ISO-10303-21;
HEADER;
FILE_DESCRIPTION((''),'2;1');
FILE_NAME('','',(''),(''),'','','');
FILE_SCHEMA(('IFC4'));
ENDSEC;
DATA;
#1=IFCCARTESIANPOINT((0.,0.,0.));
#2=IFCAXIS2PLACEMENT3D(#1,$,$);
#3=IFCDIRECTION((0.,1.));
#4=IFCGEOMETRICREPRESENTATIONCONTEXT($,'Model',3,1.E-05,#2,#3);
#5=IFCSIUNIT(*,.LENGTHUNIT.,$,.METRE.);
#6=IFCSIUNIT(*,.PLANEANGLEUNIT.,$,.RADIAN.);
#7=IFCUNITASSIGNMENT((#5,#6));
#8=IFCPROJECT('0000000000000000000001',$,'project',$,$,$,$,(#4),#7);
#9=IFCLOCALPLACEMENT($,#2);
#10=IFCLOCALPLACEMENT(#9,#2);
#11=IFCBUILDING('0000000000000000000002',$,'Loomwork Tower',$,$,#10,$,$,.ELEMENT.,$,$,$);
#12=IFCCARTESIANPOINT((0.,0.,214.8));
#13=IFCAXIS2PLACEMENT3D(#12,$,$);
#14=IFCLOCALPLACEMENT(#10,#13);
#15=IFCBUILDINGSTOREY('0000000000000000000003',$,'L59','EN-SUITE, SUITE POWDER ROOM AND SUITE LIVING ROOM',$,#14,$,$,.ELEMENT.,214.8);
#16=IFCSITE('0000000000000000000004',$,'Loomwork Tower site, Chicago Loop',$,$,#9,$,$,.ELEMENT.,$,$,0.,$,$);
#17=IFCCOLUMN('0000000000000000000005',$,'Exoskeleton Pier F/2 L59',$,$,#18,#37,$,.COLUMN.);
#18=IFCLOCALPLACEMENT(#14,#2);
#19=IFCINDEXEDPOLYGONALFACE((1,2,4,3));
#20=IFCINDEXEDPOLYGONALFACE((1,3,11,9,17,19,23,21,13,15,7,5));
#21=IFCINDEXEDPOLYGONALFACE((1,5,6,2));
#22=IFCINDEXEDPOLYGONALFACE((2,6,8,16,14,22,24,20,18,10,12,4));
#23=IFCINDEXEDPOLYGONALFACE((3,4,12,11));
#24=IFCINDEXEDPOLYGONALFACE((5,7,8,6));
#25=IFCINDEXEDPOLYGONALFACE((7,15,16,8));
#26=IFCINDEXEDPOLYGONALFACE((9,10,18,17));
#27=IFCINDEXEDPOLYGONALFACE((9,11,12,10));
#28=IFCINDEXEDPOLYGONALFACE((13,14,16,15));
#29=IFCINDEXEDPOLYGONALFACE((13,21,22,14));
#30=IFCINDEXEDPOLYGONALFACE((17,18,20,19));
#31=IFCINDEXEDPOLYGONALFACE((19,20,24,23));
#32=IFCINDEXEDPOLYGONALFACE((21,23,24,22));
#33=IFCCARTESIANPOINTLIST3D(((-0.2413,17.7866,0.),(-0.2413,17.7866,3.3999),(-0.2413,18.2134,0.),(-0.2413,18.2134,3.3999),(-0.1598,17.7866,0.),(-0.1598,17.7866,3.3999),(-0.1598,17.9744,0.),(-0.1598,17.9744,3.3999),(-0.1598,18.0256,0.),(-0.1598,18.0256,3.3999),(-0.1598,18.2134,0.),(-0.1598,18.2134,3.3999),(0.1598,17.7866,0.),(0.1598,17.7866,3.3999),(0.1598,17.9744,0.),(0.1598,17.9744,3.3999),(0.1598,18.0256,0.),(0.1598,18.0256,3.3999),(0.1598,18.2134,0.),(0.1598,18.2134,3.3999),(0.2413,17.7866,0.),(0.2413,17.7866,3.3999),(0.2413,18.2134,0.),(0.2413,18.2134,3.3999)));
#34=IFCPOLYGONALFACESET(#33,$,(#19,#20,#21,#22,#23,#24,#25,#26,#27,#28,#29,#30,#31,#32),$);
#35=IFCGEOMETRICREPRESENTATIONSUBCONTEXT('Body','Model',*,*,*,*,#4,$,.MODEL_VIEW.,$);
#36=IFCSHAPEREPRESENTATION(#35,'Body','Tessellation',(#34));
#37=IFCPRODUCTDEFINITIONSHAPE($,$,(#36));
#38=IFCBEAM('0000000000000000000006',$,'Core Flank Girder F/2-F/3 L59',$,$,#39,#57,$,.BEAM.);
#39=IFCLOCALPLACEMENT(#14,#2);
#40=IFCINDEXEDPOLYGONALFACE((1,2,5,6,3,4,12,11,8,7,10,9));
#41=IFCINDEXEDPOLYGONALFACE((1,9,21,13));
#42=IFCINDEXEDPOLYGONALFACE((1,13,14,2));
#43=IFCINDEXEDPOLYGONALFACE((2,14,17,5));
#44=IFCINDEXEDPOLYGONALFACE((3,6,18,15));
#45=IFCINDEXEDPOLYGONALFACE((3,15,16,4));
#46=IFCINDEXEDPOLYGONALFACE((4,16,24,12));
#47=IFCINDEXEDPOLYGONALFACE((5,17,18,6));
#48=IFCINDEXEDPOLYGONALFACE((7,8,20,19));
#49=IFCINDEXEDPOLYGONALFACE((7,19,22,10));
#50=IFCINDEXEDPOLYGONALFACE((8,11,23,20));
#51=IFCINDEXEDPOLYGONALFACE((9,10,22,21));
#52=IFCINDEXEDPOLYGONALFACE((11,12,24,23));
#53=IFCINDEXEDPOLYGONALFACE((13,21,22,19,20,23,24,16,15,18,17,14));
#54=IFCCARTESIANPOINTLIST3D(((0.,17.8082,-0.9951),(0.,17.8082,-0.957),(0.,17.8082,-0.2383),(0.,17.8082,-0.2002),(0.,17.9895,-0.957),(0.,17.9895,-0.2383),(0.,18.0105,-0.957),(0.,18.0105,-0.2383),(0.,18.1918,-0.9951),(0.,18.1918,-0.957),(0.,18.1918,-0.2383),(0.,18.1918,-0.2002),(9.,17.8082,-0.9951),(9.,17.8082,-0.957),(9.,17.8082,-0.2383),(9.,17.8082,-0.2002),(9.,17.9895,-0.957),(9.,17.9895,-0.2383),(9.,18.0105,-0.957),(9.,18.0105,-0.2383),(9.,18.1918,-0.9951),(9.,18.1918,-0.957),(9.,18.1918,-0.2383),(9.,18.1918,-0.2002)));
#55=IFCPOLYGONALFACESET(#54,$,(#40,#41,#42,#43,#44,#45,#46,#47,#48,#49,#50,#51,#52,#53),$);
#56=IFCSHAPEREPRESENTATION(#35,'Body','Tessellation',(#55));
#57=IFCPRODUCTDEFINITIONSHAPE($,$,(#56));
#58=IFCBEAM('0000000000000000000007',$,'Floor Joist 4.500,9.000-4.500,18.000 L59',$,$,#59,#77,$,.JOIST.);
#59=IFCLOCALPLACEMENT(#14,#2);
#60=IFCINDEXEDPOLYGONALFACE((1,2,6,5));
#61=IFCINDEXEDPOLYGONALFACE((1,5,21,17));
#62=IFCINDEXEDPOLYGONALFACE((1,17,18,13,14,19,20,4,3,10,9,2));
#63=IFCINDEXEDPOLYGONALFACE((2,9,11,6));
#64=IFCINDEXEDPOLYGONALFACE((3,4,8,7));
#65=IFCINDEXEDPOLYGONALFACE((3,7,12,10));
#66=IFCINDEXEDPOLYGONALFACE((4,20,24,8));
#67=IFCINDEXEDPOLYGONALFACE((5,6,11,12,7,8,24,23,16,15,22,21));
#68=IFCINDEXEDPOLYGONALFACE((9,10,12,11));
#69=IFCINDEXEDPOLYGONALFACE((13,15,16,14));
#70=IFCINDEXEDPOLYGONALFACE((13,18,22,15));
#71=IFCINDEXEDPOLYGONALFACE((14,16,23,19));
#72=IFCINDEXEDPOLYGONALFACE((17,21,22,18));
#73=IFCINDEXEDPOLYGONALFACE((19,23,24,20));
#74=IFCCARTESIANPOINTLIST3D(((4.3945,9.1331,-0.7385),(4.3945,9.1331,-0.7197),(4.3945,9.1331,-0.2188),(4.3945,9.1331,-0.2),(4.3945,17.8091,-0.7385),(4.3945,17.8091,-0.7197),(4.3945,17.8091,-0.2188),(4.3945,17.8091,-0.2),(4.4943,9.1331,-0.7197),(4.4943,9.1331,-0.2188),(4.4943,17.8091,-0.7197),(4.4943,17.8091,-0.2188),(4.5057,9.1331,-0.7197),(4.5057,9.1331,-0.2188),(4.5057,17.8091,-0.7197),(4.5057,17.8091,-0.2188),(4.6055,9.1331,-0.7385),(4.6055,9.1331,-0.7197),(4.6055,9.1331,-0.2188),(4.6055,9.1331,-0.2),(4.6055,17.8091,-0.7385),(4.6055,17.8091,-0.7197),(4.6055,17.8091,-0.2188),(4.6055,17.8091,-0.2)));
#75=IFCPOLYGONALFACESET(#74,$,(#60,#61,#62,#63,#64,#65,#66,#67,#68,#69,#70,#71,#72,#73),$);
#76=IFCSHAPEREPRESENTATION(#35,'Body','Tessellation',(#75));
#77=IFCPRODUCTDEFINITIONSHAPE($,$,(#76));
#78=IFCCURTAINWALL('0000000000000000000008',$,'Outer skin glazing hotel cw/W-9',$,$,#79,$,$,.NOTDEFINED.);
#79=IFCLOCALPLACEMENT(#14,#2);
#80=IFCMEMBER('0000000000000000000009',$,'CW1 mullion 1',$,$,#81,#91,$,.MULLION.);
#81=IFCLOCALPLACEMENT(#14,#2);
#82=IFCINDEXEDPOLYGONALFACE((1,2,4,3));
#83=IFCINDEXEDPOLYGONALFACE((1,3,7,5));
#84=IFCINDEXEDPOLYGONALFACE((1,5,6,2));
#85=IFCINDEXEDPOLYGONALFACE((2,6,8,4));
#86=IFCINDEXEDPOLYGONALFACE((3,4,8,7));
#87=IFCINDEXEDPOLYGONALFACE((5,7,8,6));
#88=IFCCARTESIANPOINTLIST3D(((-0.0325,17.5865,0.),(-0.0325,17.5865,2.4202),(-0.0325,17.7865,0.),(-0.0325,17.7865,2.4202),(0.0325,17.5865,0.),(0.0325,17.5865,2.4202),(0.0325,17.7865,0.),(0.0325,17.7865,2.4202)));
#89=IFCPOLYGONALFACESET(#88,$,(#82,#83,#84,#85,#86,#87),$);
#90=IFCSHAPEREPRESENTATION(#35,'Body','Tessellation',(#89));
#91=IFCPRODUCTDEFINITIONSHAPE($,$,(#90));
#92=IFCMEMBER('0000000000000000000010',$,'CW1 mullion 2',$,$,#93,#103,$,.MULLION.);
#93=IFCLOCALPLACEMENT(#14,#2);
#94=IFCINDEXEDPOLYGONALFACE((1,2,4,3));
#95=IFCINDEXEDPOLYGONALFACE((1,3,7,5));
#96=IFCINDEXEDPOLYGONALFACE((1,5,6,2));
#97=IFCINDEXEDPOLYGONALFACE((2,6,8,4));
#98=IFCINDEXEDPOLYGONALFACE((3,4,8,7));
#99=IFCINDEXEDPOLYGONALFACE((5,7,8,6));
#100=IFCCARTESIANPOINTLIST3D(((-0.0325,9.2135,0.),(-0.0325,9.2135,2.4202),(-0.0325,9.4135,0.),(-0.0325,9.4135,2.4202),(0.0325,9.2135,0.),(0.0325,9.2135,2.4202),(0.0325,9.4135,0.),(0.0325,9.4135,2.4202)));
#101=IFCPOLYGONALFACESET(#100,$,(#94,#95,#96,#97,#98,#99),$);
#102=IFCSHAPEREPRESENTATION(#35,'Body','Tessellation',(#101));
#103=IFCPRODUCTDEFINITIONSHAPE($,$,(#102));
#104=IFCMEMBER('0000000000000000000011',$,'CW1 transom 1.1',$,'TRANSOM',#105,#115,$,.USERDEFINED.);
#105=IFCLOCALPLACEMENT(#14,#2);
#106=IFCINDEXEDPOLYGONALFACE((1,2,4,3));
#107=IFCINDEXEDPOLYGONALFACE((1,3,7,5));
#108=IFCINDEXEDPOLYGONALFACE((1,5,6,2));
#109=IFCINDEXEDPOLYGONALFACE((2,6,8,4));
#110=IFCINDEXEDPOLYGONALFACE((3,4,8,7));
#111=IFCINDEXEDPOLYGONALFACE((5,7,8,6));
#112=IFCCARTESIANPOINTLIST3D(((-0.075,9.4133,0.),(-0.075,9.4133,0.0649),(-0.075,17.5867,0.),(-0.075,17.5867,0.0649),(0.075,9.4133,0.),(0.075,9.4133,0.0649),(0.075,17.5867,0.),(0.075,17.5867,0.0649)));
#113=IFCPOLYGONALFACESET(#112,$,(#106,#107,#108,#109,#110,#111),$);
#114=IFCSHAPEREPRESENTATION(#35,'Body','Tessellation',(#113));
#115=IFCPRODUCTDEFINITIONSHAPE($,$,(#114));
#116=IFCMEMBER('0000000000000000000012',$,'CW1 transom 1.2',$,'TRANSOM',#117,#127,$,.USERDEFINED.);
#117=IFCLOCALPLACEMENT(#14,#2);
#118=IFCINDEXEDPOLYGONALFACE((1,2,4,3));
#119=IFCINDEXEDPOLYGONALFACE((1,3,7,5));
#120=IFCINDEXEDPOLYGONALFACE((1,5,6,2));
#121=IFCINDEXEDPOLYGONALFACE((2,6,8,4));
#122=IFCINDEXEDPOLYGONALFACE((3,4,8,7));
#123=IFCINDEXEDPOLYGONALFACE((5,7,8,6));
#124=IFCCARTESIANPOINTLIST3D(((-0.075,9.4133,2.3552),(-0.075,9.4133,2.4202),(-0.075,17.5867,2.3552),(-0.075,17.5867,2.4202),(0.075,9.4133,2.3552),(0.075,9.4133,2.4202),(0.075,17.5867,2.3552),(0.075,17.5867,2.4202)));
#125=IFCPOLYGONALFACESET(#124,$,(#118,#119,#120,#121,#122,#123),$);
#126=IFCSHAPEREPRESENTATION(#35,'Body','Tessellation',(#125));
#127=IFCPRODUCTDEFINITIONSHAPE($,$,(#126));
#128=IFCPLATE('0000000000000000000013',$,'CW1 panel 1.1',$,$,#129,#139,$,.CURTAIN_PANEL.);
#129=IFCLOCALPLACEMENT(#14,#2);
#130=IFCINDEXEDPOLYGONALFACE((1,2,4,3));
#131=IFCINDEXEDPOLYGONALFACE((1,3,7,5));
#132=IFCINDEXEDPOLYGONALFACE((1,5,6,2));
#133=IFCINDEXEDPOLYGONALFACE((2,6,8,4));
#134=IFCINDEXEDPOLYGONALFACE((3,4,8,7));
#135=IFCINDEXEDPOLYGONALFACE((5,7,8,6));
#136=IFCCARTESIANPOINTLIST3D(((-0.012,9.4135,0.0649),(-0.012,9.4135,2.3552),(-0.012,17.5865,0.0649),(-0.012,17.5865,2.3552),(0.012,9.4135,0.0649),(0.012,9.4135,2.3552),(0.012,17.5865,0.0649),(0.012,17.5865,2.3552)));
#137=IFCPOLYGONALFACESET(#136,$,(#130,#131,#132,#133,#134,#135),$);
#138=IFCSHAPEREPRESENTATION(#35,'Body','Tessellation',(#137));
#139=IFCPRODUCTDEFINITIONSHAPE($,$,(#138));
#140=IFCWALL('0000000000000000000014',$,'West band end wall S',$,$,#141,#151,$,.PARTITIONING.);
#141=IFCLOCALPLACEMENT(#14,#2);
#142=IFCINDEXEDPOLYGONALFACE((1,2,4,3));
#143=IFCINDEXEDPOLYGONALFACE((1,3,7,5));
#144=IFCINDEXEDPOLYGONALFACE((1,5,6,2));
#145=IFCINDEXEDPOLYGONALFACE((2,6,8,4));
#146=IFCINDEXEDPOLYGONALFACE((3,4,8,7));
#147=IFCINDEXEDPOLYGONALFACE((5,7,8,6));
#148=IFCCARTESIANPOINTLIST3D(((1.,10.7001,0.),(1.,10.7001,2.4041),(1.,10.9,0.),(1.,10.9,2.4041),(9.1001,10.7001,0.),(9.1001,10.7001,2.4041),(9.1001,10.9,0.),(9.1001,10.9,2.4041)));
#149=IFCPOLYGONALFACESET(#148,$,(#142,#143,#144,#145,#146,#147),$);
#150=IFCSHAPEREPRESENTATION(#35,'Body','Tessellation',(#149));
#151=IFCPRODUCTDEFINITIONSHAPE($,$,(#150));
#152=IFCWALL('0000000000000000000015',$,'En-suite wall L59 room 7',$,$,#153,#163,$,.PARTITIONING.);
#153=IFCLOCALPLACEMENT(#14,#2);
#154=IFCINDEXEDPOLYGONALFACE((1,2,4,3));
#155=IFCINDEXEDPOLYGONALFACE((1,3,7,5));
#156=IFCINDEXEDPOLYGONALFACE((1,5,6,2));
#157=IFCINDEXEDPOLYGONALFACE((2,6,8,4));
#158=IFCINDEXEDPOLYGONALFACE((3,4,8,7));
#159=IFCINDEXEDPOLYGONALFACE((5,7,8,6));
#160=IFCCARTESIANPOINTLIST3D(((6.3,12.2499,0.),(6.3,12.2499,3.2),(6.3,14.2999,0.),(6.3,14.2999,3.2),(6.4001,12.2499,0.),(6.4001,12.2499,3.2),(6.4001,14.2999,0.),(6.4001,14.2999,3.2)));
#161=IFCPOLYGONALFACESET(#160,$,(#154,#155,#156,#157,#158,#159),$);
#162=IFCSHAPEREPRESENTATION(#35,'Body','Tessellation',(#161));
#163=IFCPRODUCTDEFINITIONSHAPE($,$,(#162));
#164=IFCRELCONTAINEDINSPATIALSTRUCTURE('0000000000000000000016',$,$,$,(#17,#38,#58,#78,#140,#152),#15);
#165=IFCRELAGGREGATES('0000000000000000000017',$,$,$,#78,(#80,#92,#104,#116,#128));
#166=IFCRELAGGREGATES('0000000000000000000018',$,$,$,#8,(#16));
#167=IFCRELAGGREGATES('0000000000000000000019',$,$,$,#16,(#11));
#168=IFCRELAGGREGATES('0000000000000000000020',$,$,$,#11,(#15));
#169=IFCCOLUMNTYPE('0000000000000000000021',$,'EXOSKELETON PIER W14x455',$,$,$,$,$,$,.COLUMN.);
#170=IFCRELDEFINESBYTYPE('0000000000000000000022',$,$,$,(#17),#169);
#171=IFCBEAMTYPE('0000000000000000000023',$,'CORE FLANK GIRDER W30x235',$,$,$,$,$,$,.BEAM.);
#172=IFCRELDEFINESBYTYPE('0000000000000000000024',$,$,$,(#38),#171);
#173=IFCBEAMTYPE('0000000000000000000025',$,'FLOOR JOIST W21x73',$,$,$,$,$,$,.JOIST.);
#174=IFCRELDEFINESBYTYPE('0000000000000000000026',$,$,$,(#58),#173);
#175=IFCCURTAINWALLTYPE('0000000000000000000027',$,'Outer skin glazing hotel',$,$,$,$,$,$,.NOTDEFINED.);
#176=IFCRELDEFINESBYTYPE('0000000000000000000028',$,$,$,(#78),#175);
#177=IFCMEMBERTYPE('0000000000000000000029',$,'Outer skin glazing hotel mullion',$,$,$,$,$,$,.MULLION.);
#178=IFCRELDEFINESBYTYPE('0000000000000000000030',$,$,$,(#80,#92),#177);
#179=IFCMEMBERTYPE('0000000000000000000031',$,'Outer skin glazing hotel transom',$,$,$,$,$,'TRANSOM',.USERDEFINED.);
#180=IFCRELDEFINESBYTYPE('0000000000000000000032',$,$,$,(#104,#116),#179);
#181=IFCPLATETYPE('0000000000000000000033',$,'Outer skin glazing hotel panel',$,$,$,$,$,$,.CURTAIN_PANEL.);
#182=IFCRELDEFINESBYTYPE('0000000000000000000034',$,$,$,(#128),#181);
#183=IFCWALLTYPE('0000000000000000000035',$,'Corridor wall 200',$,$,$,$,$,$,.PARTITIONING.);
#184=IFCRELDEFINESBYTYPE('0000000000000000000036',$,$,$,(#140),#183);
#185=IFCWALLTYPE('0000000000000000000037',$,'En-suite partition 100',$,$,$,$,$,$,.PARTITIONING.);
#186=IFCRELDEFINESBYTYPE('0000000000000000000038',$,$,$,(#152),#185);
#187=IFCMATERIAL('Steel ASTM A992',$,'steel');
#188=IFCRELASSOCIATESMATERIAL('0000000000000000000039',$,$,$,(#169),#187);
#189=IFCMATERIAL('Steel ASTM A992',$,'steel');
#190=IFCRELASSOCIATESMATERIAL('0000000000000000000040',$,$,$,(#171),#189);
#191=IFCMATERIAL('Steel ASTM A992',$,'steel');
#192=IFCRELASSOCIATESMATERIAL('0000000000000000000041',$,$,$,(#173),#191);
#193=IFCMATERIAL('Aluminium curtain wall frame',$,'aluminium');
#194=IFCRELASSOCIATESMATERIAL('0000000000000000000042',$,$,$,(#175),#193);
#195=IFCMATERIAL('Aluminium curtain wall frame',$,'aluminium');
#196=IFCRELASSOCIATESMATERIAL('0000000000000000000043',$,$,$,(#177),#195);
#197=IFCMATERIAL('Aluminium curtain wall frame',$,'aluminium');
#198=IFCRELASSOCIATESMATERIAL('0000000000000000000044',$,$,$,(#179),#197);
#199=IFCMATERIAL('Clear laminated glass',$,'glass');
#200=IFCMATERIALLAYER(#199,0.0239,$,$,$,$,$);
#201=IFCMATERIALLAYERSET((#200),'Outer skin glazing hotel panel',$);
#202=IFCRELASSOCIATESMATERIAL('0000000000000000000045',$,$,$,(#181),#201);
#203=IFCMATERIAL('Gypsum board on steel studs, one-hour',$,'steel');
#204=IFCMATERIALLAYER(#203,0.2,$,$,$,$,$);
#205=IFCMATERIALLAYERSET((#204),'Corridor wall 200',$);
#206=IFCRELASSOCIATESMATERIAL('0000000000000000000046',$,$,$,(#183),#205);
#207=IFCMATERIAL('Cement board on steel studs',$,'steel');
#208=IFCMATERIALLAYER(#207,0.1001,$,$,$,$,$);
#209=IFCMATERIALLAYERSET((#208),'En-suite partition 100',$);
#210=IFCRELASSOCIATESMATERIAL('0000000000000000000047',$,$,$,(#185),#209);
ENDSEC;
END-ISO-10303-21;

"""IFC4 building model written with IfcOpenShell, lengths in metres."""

from ifc_helpers import new_model, si_unit, direction, frame, frame_2d, origin, origin_2d, place, context, subcontext, project, spatial, rectangle, i_section, extrude, material, layer, layer_set, material_profile, profile_set, type_object, element, aggregate, save


model = new_model("IFC4")

# Units and contexts
model_context = context("Model", 3, precision=1e-05, world=origin(), true_north=direction((0.0, 1.0)))
body_context = subcontext(model_context, "Body", "Model", "MODEL_VIEW")
ifc_project = project(units=[si_unit("LENGTHUNIT", "METRE"), si_unit("PLANEANGLEUNIT", "RADIAN")], contexts=[model_context])

# Site, building, storey
site_placement = place(None, origin())
site = spatial("IfcSite", under=ifc_project, at=site_placement, Name="Loomwork Tower site, Chicago Loop", CompositionType="ELEMENT", RefElevation=0.0)
building_placement = place(site_placement, origin())
building = spatial("IfcBuilding", under=site, at=building_placement, Name="Loomwork Tower", CompositionType="ELEMENT")
storey_placement = place(building_placement, frame((0.0, 0.0, 214.8)))
storey = spatial("IfcBuildingStorey", under=building, at=storey_placement, Name="L59", Description="EN-SUITE, SUITE POWDER ROOM AND SUITE LIVING ROOM", CompositionType="ELEMENT", Elevation=214.8)

# Column
ifc_material_1 = material(Name="Steel ASTM A992", Category="steel")
ifc_material_profile_1 = material_profile(ifc_material_1, i_section(OverallWidth=0.4268, OverallDepth=0.4827, WebThickness=0.0513, FlangeThickness=0.0815, at=origin_2d()), Name="W14x455")
ifc_profile_set_1 = profile_set([ifc_material_profile_1], Name="Steel ASTM A992")
column_type = type_object("IfcColumnType", Name="EXOSKELETON PIER W14x455", PredefinedType="COLUMN", material=ifc_profile_set_1)
column_placement = place(storey_placement, frame((0.0, 18.0, 0.0), z_axis=(0.0, 0.0, 1.0), x_axis=(0.0, 1.0, 0.0)))
element("IfcColumn", 1, at=column_placement, inside=storey, type_object=column_type, Name="Exoskeleton Pier F/2 L59", PredefinedType="COLUMN", context=body_context, shape_type="SweptSolid", body=[
    extrude(i_section(OverallWidth=0.4268, OverallDepth=0.4827, WebThickness=0.0513, FlangeThickness=0.0815, at=origin_2d()), origin(), (0.0, 0.0, 1.0), 3.3999),
])

# Beams
ifc_material_2 = material(Name="Steel ASTM A992", Category="steel")
ifc_material_profile_2 = material_profile(ifc_material_2, i_section(OverallWidth=0.3835, OverallDepth=0.7949, WebThickness=0.021, FlangeThickness=0.0381, at=origin_2d()), Name="W30x235")
ifc_profile_set_2 = profile_set([ifc_material_profile_2], Name="Steel ASTM A992")
beam_type_1 = type_object("IfcBeamType", Name="CORE FLANK GIRDER W30x235", PredefinedType="BEAM", material=ifc_profile_set_2)
beam_1_placement = place(storey_placement, frame((0.0, 18.0, -0.5977), z_axis=(1.0, 0.0, 0.0), x_axis=(0.0, 1.0, 0.0)))
element("IfcBeam", 2, at=beam_1_placement, inside=storey, type_object=beam_type_1, Name="Core Flank Girder F/2-F/3 L59", PredefinedType="BEAM", context=body_context, shape_type="SweptSolid", body=[
    extrude(i_section(OverallWidth=0.3835, OverallDepth=0.7949, WebThickness=0.021, FlangeThickness=0.0381, at=origin_2d()), origin(), (0.0, 0.0, 1.0), 9.0),
])
ifc_material_3 = material(Name="Steel ASTM A992", Category="steel")
ifc_material_profile_3 = material_profile(ifc_material_3, i_section(OverallWidth=0.2109, OverallDepth=0.5386, WebThickness=0.0115, FlangeThickness=0.0188, at=origin_2d()), Name="W21x73")
ifc_profile_set_3 = profile_set([ifc_material_profile_3], Name="Steel ASTM A992")
beam_type_2 = type_object("IfcBeamType", Name="FLOOR JOIST W21x73", PredefinedType="JOIST", material=ifc_profile_set_3)
beam_2_placement = place(storey_placement, frame((4.5, 9.1331, -0.4692), z_axis=(0.0, 1.0, 0.0), x_axis=(-1.0, 0.0, 0.0)))
element("IfcBeam", 3, at=beam_2_placement, inside=storey, type_object=beam_type_2, Name="Floor Joist 4.500,9.000-4.500,18.000 L59", PredefinedType="JOIST", context=body_context, shape_type="SweptSolid", body=[
    extrude(i_section(OverallWidth=0.2109, OverallDepth=0.5386, WebThickness=0.0115, FlangeThickness=0.0188, at=origin_2d()), origin(), (0.0, 0.0, 1.0), 8.676),
])

# Curtain wall, members, plate
ifc_material_4 = material(Name="Aluminium curtain wall frame", Category="aluminium")
curtain_wall_type = type_object("IfcCurtainWallType", Name="Outer skin glazing hotel", PredefinedType="NOTDEFINED", material=ifc_material_4)
curtain_wall_placement = place(storey_placement, origin())
curtain_wall = element("IfcCurtainWall", 4, at=curtain_wall_placement, inside=storey, type_object=curtain_wall_type, Name="Outer skin glazing hotel cw/W-9", PredefinedType="NOTDEFINED")
ifc_material_5 = material(Name="Aluminium curtain wall frame", Category="aluminium")
ifc_material_profile_4 = material_profile(ifc_material_5, rectangle(XDim=0.0649, YDim=0.2, at=origin_2d()), Name="AL 65x200")
ifc_profile_set_4 = profile_set([ifc_material_profile_4], Name="Aluminium curtain wall frame")
member_type_1 = type_object("IfcMemberType", Name="Outer skin glazing hotel mullion", PredefinedType="MULLION", material=ifc_profile_set_4)
member_1_placement = place(storey_placement, frame((0.0, 17.6865, 0.0), z_axis=(0.0, 0.0, 1.0), x_axis=(1.0, 0.0, 0.0)))
member_1 = element("IfcMember", 5, at=member_1_placement, type_object=member_type_1, Name="CW1 mullion 1", PredefinedType="MULLION", context=body_context, shape_type="SweptSolid", body=[
    extrude(rectangle(XDim=0.0649, YDim=0.2, at=origin_2d()), origin(), (0.0, 0.0, 1.0), 2.4202),
])
member_2_placement = place(storey_placement, frame((0.0, 9.3135, 0.0), z_axis=(0.0, 0.0, 1.0), x_axis=(1.0, 0.0, 0.0)))
member_2 = element("IfcMember", 6, at=member_2_placement, type_object=member_type_1, Name="CW1 mullion 2", PredefinedType="MULLION", context=body_context, shape_type="SweptSolid", body=[
    extrude(rectangle(XDim=0.0649, YDim=0.2, at=origin_2d()), origin(), (0.0, 0.0, 1.0), 2.4202),
])
ifc_material_6 = material(Name="Aluminium curtain wall frame", Category="aluminium")
ifc_material_profile_5 = material_profile(ifc_material_6, rectangle(XDim=0.1499, YDim=0.0649, at=origin_2d()), Name="AL 65x150")
ifc_profile_set_5 = profile_set([ifc_material_profile_5], Name="Aluminium curtain wall frame")
member_type_2 = type_object("IfcMemberType", Name="Outer skin glazing hotel transom", ElementType="TRANSOM", PredefinedType="USERDEFINED", material=ifc_profile_set_5)
member_3_placement = place(storey_placement, frame((0.0, 17.5867, 0.0325), z_axis=(0.0, -1.0, 0.0), x_axis=(1.0, 0.0, 0.0)))
member_3 = element("IfcMember", 7, at=member_3_placement, type_object=member_type_2, Name="CW1 transom 1.1", ObjectType="TRANSOM", PredefinedType="USERDEFINED", context=body_context, shape_type="SweptSolid", body=[
    extrude(rectangle(XDim=0.1499, YDim=0.0649, at=origin_2d()), origin(), (0.0, 0.0, 1.0), 8.1733),
])
member_4_placement = place(storey_placement, frame((0.0, 17.5867, 2.3877), z_axis=(0.0, -1.0, 0.0), x_axis=(1.0, 0.0, 0.0)))
member_4 = element("IfcMember", 8, at=member_4_placement, type_object=member_type_2, Name="CW1 transom 1.2", ObjectType="TRANSOM", PredefinedType="USERDEFINED", context=body_context, shape_type="SweptSolid", body=[
    extrude(rectangle(XDim=0.1499, YDim=0.0649, at=origin_2d()), origin(), (0.0, 0.0, 1.0), 8.1733),
])
ifc_material_7 = material(Name="Clear laminated glass", Category="glass")
ifc_layer_1 = layer(ifc_material_7, 0.0239)
ifc_layer_set_1 = layer_set([ifc_layer_1], Name="Outer skin glazing hotel panel")
plate_type = type_object("IfcPlateType", Name="Outer skin glazing hotel panel", PredefinedType="CURTAIN_PANEL", material=ifc_layer_set_1)
plate_placement = place(storey_placement, frame((0.0, 13.5, 0.0649), z_axis=(0.0, 0.0, 1.0), x_axis=(0.0, -1.0, 0.0)))
plate = element("IfcPlate", 9, at=plate_placement, type_object=plate_type, Name="CW1 panel 1.1", PredefinedType="CURTAIN_PANEL", context=body_context, shape_type="SweptSolid", body=[
    extrude(rectangle(XDim=8.1731, YDim=0.0239, at=origin_2d()), origin(), (0.0, 0.0, 1.0), 2.2903),
])
aggregate(curtain_wall, [member_1, member_2, member_3, member_4, plate])

# Walls
ifc_material_8 = material(Name="Gypsum board on steel studs, one-hour", Category="steel")
ifc_layer_2 = layer(ifc_material_8, 0.2)
ifc_layer_set_2 = layer_set([ifc_layer_2], Name="Corridor wall 200")
wall_type_1 = type_object("IfcWallType", Name="Corridor wall 200", PredefinedType="PARTITIONING", material=ifc_layer_set_2)
wall_1_placement = place(storey_placement, frame((1.0, 10.8, 0.0), z_axis=(0.0, 0.0, 1.0), x_axis=(1.0, 0.0, 0.0)))
element("IfcWall", 10, at=wall_1_placement, inside=storey, type_object=wall_type_1, Name="West band end wall S", PredefinedType="PARTITIONING", context=body_context, shape_type="SweptSolid", body=[
    extrude(rectangle(XDim=8.1001, YDim=0.2, at=frame_2d((4.05, 0.0))), origin(), (0.0, 0.0, 1.0), 2.4041),
])
ifc_material_9 = material(Name="Cement board on steel studs", Category="steel")
ifc_layer_3 = layer(ifc_material_9, 0.1001)
ifc_layer_set_3 = layer_set([ifc_layer_3], Name="En-suite partition 100")
wall_type_2 = type_object("IfcWallType", Name="En-suite partition 100", PredefinedType="PARTITIONING", material=ifc_layer_set_3)
wall_2_placement = place(storey_placement, frame((6.3501, 12.25, 0.0), z_axis=(0.0, 0.0, 1.0), x_axis=(0.0, 1.0, 0.0)))
element("IfcWall", 11, at=wall_2_placement, inside=storey, type_object=wall_type_2, Name="En-suite wall L59 room 7", PredefinedType="PARTITIONING", context=body_context, shape_type="SweptSolid", body=[
    extrude(rectangle(XDim=2.05, YDim=0.1001, at=frame_2d((1.0249, 0.0))), origin(), (0.0, 0.0, 1.0), 3.2),
])

save(model, "model.ifc")
